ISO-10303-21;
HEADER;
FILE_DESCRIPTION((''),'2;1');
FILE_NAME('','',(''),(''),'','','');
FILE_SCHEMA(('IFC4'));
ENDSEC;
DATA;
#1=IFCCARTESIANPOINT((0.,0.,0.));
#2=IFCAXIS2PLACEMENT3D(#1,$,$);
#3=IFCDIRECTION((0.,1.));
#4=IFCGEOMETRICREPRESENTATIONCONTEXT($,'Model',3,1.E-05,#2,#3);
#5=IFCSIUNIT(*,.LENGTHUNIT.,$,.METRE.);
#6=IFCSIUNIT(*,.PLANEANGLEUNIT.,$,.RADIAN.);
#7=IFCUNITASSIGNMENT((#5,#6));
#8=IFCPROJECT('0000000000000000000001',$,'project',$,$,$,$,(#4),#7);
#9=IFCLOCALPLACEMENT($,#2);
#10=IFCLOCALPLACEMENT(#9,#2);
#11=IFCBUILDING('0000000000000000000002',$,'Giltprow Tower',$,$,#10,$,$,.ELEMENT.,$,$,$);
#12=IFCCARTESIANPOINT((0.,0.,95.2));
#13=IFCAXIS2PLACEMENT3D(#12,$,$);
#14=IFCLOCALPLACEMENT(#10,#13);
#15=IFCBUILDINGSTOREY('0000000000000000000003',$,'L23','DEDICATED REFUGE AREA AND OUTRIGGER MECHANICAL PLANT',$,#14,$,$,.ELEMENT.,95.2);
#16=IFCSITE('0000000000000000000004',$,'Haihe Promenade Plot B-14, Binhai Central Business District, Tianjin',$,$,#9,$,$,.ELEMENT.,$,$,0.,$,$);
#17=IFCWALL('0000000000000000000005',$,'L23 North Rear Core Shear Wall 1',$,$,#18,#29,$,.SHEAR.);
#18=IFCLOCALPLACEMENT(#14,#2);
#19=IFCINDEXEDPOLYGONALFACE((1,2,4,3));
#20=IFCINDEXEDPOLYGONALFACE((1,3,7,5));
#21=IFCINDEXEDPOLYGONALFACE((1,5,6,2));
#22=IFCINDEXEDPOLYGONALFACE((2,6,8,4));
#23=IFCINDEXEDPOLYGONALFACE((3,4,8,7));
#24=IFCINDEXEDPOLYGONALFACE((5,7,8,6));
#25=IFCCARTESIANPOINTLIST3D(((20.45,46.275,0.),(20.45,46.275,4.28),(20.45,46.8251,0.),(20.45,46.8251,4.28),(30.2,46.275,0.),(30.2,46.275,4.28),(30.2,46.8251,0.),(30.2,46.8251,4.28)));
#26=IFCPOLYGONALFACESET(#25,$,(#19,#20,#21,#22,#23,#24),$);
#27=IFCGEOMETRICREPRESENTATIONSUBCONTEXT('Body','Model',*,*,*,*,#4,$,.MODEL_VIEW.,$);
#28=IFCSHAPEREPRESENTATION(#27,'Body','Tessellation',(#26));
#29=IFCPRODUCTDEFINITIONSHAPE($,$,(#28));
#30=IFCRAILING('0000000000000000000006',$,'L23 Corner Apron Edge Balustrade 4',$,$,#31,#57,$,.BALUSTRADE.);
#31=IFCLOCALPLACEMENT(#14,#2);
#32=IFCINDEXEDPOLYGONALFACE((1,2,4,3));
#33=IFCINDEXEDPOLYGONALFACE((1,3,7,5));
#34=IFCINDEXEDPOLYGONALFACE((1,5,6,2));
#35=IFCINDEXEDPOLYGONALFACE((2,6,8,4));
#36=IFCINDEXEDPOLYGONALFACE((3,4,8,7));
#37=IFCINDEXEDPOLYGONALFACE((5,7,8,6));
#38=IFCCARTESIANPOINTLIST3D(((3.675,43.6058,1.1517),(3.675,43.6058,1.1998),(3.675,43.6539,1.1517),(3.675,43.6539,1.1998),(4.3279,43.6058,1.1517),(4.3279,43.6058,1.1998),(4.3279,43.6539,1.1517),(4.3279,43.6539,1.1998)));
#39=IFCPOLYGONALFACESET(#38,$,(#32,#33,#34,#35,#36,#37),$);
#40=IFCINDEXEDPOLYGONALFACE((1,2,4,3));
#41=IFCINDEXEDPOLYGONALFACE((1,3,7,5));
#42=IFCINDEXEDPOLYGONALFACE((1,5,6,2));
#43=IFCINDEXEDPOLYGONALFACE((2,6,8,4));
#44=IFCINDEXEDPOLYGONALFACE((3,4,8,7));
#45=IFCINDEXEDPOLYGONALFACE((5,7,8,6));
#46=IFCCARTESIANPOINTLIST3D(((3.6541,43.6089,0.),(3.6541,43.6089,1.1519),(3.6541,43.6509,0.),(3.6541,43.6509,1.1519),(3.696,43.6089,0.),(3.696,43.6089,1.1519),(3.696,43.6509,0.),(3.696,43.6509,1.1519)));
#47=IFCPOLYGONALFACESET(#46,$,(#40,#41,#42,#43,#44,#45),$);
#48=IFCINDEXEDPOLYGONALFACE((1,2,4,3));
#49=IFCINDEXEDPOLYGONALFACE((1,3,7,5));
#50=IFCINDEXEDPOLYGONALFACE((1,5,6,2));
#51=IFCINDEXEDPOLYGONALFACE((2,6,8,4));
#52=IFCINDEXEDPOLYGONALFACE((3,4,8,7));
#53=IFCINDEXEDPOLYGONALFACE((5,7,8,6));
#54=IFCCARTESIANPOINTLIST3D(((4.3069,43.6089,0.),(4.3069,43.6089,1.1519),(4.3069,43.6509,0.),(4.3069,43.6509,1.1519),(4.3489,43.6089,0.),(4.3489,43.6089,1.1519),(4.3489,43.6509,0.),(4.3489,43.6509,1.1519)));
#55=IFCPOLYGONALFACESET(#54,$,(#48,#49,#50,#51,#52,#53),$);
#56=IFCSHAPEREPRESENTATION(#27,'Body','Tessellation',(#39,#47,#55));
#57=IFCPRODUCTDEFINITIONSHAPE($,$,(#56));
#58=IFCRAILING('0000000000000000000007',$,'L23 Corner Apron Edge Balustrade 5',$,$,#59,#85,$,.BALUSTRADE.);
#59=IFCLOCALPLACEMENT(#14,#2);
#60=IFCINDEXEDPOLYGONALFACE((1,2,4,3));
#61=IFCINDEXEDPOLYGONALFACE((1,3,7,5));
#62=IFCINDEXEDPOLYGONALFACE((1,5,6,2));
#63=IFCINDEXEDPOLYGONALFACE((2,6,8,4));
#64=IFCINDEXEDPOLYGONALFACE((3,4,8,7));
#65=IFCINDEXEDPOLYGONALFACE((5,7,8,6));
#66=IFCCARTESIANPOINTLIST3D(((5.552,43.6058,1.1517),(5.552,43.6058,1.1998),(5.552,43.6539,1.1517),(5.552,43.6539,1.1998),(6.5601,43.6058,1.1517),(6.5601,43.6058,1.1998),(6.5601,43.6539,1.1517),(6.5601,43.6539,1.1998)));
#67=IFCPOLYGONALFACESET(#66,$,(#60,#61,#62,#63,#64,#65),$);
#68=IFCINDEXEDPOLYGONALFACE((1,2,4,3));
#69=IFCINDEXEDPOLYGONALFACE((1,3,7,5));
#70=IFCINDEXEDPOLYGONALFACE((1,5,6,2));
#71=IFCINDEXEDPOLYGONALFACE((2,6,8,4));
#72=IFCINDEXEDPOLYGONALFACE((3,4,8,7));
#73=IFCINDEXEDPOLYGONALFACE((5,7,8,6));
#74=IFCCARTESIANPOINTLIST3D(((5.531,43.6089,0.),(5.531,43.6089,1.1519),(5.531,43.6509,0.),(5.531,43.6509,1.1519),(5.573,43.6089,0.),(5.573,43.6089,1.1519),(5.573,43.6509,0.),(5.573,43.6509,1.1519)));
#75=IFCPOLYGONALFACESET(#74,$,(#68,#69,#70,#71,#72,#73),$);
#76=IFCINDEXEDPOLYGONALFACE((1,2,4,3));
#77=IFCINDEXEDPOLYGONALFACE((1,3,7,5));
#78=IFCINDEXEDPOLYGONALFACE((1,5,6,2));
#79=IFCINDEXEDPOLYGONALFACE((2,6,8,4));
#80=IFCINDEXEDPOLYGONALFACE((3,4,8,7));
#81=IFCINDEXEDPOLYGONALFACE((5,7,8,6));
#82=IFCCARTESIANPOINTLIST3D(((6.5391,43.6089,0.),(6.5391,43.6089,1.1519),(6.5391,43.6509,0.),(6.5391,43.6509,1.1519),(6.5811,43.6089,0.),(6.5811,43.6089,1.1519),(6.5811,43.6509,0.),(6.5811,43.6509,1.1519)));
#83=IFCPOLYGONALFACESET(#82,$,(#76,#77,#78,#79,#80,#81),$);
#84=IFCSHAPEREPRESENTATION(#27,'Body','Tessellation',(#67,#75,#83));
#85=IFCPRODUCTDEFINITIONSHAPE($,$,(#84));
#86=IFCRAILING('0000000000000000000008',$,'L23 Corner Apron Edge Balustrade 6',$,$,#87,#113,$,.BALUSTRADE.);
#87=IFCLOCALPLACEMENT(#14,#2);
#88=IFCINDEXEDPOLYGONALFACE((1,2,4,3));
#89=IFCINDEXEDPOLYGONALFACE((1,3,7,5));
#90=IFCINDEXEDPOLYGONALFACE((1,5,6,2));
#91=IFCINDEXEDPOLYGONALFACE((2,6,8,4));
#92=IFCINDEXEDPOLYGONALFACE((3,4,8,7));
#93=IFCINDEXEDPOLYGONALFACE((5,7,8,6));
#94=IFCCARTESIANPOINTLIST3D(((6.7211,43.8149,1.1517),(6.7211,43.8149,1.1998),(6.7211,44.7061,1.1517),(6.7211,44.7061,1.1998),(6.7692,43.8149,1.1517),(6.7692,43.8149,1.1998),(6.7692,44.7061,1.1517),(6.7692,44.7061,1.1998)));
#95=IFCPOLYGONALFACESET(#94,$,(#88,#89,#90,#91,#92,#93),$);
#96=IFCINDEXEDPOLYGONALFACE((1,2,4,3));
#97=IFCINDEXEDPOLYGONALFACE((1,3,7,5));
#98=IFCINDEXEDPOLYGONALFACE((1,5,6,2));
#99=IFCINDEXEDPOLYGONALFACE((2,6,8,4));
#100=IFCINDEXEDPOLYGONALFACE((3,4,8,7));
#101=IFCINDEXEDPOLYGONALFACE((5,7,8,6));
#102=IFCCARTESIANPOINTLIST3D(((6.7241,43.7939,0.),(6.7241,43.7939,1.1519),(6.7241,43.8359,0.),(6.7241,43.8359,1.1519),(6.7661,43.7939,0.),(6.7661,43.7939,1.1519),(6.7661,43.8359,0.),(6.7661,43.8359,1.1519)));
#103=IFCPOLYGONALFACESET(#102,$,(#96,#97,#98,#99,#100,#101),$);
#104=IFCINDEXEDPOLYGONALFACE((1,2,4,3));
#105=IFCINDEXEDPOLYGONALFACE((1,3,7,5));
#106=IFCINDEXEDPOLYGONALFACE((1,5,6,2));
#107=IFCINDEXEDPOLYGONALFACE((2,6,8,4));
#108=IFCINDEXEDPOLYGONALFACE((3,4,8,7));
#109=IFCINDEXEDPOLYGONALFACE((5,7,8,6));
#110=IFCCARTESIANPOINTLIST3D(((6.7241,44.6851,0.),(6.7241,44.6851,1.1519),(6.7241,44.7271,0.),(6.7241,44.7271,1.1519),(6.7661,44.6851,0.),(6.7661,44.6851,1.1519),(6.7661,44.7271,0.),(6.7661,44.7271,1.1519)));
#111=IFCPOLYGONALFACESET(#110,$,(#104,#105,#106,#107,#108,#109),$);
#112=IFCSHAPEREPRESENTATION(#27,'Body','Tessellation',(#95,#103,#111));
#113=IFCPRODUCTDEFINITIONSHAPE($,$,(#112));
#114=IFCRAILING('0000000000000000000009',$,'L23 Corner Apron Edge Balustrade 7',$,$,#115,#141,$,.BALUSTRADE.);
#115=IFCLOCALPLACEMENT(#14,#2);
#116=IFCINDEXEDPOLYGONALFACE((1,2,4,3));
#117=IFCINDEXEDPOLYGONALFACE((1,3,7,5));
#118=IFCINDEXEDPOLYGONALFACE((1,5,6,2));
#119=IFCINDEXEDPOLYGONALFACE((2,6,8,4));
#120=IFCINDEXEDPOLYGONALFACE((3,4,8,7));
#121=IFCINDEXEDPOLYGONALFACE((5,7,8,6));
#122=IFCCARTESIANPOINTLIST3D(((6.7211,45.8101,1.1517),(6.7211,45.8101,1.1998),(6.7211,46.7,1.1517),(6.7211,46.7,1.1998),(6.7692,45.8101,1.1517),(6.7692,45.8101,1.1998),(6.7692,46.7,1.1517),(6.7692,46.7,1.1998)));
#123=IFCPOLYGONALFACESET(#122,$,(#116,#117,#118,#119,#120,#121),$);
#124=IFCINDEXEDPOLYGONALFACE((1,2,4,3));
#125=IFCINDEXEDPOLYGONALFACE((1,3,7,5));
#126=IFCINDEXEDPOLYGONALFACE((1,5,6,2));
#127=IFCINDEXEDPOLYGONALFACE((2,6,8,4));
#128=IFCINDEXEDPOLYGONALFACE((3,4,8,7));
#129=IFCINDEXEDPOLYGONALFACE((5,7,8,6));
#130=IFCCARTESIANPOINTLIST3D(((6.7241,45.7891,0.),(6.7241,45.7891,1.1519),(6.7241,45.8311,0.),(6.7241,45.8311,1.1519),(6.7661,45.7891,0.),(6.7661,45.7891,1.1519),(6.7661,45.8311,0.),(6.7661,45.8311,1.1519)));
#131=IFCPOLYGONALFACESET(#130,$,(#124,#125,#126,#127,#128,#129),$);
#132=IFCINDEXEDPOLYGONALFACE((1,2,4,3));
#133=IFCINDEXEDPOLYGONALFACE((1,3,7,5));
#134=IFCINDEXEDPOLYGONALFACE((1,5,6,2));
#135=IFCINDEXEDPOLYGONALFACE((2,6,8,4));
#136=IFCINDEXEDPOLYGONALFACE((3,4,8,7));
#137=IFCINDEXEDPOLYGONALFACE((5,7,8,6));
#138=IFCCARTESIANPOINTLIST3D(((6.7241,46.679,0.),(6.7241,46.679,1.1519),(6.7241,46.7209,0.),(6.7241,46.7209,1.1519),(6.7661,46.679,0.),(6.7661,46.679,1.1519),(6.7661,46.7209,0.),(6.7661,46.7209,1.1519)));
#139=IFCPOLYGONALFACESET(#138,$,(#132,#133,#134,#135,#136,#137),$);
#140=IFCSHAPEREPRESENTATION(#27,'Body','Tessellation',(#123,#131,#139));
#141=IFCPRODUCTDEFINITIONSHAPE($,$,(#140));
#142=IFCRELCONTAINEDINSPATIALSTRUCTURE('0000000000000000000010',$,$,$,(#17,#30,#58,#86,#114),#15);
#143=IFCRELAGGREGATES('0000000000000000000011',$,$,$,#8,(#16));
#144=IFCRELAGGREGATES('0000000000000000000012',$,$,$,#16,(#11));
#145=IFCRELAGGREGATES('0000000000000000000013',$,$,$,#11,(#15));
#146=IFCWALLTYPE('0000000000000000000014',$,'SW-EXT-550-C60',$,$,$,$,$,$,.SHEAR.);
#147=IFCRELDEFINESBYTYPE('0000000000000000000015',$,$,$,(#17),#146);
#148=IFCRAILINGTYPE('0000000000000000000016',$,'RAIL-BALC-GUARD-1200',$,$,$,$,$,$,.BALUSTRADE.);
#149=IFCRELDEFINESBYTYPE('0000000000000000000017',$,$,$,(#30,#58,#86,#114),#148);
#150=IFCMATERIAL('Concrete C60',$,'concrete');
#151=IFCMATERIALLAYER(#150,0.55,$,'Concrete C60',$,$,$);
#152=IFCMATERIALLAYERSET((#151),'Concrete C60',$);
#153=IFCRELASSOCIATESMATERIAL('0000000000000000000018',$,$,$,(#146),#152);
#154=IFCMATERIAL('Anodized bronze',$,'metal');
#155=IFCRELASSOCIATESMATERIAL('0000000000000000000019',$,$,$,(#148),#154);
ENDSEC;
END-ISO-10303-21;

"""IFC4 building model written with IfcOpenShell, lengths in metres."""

from ifc_helpers import new_model, si_unit, direction, frame, frame_2d, origin, origin_2d, place, context, subcontext, project, spatial, rectangle, extrude, material, layer, layer_set, type_object, element, save


model = new_model("IFC4")

# Units and contexts
model_context = context("Model", 3, precision=1e-05, world=origin(), true_north=direction((0.0, 1.0)))
body_context = subcontext(model_context, "Body", "Model", "MODEL_VIEW")
ifc_project = project(units=[si_unit("LENGTHUNIT", "METRE"), si_unit("PLANEANGLEUNIT", "RADIAN")], contexts=[model_context])

# Site, building, storey
site_placement = place(None, origin())
site = spatial("IfcSite", under=ifc_project, at=site_placement, Name="Haihe Promenade Plot B-14, Binhai Central Business District, Tianjin", CompositionType="ELEMENT", RefElevation=0.0)
building_placement = place(site_placement, origin())
building = spatial("IfcBuilding", under=site, at=building_placement, Name="Giltprow Tower", CompositionType="ELEMENT")
storey_placement = place(building_placement, frame((0.0, 0.0, 95.2)))
storey = spatial("IfcBuildingStorey", under=building, at=storey_placement, Name="L23", Description="DEDICATED REFUGE AREA AND OUTRIGGER MECHANICAL PLANT", CompositionType="ELEMENT", Elevation=95.2)

# Shared definitions
ifc_material_1 = material(Name="Concrete C60", Category="concrete")

# Wall
ifc_layer_1 = layer(ifc_material_1, 0.55, Name="Concrete C60")
ifc_layer_set_1 = layer_set([ifc_layer_1], Name="Concrete C60")
wall_type_1 = type_object("IfcWallType", Name="SW-EXT-550-C60", PredefinedType="SHEAR", material=ifc_layer_set_1)
wall_1_placement = place(storey_placement, frame((20.45, 46.55, 0.0), z_axis=(0.0, 0.0, 1.0), x_axis=(1.0, 0.0, 0.0)))
element("IfcWall", 1, at=wall_1_placement, inside=storey, type_object=wall_type_1, Name="L23 North Rear Core Shear Wall 1", PredefinedType="SHEAR", context=body_context, shape_type="SweptSolid", body=[
    extrude(rectangle(XDim=9.75, YDim=0.55, at=frame_2d((4.875, 0.0))), origin(), (0.0, 0.0, 1.0), 4.28),
])

# Railings
ifc_material_2 = material(Name="Anodized bronze", Category="metal")
railing_type_1 = type_object("IfcRailingType", Name="RAIL-BALC-GUARD-1200", PredefinedType="BALUSTRADE", material=ifc_material_2)
railing_1_placement = place(storey_placement, frame((3.675, 43.6299, 0.0)))
element("IfcRailing", 2, at=railing_1_placement, inside=storey, type_object=railing_type_1, Name="L23 Corner Apron Edge Balustrade 4", PredefinedType="BALUSTRADE", context=body_context, shape_type="SweptSolid", body=[
    extrude(rectangle(XDim=0.0481, YDim=0.0481, at=origin_2d()), frame((0.0, 0.0, 1.1758), z_axis=(1.0, 0.0, 0.0), x_axis=(0.0, 1.0, 0.0)), (0.0, 0.0, 1.0), 0.6528),
    extrude(rectangle(XDim=0.042, YDim=0.042, at=origin_2d()), origin(), (0.0, 0.0, 1.0), 1.1519),
    extrude(rectangle(XDim=0.042, YDim=0.042, at=origin_2d()), frame((0.6528, 0.0, 0.0)), (0.0, 0.0, 1.0), 1.1519),
])
railing_2_placement = place(storey_placement, frame((5.552, 43.6299, 0.0)))
element("IfcRailing", 3, at=railing_2_placement, inside=storey, type_object=railing_type_1, Name="L23 Corner Apron Edge Balustrade 5", PredefinedType="BALUSTRADE", context=body_context, shape_type="SweptSolid", body=[
    extrude(rectangle(XDim=0.0481, YDim=0.0481, at=origin_2d()), frame((0.0, 0.0, 1.1758), z_axis=(1.0, 0.0, 0.0), x_axis=(0.0, 1.0, 0.0)), (0.0, 0.0, 1.0), 1.0081),
    extrude(rectangle(XDim=0.042, YDim=0.042, at=origin_2d()), origin(), (0.0, 0.0, 1.0), 1.1519),
    extrude(rectangle(XDim=0.042, YDim=0.042, at=origin_2d()), frame((1.0081, 0.0, 0.0)), (0.0, 0.0, 1.0), 1.1519),
])
railing_3_placement = place(storey_placement, frame((6.7451, 43.8149, 0.0)))
element("IfcRailing", 4, at=railing_3_placement, inside=storey, type_object=railing_type_1, Name="L23 Corner Apron Edge Balustrade 6", PredefinedType="BALUSTRADE", context=body_context, shape_type="SweptSolid", body=[
    extrude(rectangle(XDim=0.0481, YDim=0.0481, at=origin_2d()), frame((0.0, 0.0, 1.1758), z_axis=(0.0, 1.0, 0.0), x_axis=(-1.0, 0.0, 0.0)), (0.0, 0.0, 1.0), 0.8911),
    extrude(rectangle(XDim=0.042, YDim=0.042, at=origin_2d()), origin(), (0.0, 0.0, 1.0), 1.1519),
    extrude(rectangle(XDim=0.042, YDim=0.042, at=origin_2d()), frame((0.0, 0.8911, 0.0)), (0.0, 0.0, 1.0), 1.1519),
])
railing_4_placement = place(storey_placement, frame((6.7451, 45.8101, 0.0)))
element("IfcRailing", 5, at=railing_4_placement, inside=storey, type_object=railing_type_1, Name="L23 Corner Apron Edge Balustrade 7", PredefinedType="BALUSTRADE", context=body_context, shape_type="SweptSolid", body=[
    extrude(rectangle(XDim=0.0481, YDim=0.0481, at=origin_2d()), frame((0.0, 0.0, 1.1758), z_axis=(0.0, 1.0, 0.0), x_axis=(-1.0, 0.0, 0.0)), (0.0, 0.0, 1.0), 0.8899),
    extrude(rectangle(XDim=0.042, YDim=0.042, at=origin_2d()), origin(), (0.0, 0.0, 1.0), 1.1519),
    extrude(rectangle(XDim=0.042, YDim=0.042, at=origin_2d()), frame((0.0, 0.8899, 0.0)), (0.0, 0.0, 1.0), 1.1519),
])

save(model, "model.ifc")
